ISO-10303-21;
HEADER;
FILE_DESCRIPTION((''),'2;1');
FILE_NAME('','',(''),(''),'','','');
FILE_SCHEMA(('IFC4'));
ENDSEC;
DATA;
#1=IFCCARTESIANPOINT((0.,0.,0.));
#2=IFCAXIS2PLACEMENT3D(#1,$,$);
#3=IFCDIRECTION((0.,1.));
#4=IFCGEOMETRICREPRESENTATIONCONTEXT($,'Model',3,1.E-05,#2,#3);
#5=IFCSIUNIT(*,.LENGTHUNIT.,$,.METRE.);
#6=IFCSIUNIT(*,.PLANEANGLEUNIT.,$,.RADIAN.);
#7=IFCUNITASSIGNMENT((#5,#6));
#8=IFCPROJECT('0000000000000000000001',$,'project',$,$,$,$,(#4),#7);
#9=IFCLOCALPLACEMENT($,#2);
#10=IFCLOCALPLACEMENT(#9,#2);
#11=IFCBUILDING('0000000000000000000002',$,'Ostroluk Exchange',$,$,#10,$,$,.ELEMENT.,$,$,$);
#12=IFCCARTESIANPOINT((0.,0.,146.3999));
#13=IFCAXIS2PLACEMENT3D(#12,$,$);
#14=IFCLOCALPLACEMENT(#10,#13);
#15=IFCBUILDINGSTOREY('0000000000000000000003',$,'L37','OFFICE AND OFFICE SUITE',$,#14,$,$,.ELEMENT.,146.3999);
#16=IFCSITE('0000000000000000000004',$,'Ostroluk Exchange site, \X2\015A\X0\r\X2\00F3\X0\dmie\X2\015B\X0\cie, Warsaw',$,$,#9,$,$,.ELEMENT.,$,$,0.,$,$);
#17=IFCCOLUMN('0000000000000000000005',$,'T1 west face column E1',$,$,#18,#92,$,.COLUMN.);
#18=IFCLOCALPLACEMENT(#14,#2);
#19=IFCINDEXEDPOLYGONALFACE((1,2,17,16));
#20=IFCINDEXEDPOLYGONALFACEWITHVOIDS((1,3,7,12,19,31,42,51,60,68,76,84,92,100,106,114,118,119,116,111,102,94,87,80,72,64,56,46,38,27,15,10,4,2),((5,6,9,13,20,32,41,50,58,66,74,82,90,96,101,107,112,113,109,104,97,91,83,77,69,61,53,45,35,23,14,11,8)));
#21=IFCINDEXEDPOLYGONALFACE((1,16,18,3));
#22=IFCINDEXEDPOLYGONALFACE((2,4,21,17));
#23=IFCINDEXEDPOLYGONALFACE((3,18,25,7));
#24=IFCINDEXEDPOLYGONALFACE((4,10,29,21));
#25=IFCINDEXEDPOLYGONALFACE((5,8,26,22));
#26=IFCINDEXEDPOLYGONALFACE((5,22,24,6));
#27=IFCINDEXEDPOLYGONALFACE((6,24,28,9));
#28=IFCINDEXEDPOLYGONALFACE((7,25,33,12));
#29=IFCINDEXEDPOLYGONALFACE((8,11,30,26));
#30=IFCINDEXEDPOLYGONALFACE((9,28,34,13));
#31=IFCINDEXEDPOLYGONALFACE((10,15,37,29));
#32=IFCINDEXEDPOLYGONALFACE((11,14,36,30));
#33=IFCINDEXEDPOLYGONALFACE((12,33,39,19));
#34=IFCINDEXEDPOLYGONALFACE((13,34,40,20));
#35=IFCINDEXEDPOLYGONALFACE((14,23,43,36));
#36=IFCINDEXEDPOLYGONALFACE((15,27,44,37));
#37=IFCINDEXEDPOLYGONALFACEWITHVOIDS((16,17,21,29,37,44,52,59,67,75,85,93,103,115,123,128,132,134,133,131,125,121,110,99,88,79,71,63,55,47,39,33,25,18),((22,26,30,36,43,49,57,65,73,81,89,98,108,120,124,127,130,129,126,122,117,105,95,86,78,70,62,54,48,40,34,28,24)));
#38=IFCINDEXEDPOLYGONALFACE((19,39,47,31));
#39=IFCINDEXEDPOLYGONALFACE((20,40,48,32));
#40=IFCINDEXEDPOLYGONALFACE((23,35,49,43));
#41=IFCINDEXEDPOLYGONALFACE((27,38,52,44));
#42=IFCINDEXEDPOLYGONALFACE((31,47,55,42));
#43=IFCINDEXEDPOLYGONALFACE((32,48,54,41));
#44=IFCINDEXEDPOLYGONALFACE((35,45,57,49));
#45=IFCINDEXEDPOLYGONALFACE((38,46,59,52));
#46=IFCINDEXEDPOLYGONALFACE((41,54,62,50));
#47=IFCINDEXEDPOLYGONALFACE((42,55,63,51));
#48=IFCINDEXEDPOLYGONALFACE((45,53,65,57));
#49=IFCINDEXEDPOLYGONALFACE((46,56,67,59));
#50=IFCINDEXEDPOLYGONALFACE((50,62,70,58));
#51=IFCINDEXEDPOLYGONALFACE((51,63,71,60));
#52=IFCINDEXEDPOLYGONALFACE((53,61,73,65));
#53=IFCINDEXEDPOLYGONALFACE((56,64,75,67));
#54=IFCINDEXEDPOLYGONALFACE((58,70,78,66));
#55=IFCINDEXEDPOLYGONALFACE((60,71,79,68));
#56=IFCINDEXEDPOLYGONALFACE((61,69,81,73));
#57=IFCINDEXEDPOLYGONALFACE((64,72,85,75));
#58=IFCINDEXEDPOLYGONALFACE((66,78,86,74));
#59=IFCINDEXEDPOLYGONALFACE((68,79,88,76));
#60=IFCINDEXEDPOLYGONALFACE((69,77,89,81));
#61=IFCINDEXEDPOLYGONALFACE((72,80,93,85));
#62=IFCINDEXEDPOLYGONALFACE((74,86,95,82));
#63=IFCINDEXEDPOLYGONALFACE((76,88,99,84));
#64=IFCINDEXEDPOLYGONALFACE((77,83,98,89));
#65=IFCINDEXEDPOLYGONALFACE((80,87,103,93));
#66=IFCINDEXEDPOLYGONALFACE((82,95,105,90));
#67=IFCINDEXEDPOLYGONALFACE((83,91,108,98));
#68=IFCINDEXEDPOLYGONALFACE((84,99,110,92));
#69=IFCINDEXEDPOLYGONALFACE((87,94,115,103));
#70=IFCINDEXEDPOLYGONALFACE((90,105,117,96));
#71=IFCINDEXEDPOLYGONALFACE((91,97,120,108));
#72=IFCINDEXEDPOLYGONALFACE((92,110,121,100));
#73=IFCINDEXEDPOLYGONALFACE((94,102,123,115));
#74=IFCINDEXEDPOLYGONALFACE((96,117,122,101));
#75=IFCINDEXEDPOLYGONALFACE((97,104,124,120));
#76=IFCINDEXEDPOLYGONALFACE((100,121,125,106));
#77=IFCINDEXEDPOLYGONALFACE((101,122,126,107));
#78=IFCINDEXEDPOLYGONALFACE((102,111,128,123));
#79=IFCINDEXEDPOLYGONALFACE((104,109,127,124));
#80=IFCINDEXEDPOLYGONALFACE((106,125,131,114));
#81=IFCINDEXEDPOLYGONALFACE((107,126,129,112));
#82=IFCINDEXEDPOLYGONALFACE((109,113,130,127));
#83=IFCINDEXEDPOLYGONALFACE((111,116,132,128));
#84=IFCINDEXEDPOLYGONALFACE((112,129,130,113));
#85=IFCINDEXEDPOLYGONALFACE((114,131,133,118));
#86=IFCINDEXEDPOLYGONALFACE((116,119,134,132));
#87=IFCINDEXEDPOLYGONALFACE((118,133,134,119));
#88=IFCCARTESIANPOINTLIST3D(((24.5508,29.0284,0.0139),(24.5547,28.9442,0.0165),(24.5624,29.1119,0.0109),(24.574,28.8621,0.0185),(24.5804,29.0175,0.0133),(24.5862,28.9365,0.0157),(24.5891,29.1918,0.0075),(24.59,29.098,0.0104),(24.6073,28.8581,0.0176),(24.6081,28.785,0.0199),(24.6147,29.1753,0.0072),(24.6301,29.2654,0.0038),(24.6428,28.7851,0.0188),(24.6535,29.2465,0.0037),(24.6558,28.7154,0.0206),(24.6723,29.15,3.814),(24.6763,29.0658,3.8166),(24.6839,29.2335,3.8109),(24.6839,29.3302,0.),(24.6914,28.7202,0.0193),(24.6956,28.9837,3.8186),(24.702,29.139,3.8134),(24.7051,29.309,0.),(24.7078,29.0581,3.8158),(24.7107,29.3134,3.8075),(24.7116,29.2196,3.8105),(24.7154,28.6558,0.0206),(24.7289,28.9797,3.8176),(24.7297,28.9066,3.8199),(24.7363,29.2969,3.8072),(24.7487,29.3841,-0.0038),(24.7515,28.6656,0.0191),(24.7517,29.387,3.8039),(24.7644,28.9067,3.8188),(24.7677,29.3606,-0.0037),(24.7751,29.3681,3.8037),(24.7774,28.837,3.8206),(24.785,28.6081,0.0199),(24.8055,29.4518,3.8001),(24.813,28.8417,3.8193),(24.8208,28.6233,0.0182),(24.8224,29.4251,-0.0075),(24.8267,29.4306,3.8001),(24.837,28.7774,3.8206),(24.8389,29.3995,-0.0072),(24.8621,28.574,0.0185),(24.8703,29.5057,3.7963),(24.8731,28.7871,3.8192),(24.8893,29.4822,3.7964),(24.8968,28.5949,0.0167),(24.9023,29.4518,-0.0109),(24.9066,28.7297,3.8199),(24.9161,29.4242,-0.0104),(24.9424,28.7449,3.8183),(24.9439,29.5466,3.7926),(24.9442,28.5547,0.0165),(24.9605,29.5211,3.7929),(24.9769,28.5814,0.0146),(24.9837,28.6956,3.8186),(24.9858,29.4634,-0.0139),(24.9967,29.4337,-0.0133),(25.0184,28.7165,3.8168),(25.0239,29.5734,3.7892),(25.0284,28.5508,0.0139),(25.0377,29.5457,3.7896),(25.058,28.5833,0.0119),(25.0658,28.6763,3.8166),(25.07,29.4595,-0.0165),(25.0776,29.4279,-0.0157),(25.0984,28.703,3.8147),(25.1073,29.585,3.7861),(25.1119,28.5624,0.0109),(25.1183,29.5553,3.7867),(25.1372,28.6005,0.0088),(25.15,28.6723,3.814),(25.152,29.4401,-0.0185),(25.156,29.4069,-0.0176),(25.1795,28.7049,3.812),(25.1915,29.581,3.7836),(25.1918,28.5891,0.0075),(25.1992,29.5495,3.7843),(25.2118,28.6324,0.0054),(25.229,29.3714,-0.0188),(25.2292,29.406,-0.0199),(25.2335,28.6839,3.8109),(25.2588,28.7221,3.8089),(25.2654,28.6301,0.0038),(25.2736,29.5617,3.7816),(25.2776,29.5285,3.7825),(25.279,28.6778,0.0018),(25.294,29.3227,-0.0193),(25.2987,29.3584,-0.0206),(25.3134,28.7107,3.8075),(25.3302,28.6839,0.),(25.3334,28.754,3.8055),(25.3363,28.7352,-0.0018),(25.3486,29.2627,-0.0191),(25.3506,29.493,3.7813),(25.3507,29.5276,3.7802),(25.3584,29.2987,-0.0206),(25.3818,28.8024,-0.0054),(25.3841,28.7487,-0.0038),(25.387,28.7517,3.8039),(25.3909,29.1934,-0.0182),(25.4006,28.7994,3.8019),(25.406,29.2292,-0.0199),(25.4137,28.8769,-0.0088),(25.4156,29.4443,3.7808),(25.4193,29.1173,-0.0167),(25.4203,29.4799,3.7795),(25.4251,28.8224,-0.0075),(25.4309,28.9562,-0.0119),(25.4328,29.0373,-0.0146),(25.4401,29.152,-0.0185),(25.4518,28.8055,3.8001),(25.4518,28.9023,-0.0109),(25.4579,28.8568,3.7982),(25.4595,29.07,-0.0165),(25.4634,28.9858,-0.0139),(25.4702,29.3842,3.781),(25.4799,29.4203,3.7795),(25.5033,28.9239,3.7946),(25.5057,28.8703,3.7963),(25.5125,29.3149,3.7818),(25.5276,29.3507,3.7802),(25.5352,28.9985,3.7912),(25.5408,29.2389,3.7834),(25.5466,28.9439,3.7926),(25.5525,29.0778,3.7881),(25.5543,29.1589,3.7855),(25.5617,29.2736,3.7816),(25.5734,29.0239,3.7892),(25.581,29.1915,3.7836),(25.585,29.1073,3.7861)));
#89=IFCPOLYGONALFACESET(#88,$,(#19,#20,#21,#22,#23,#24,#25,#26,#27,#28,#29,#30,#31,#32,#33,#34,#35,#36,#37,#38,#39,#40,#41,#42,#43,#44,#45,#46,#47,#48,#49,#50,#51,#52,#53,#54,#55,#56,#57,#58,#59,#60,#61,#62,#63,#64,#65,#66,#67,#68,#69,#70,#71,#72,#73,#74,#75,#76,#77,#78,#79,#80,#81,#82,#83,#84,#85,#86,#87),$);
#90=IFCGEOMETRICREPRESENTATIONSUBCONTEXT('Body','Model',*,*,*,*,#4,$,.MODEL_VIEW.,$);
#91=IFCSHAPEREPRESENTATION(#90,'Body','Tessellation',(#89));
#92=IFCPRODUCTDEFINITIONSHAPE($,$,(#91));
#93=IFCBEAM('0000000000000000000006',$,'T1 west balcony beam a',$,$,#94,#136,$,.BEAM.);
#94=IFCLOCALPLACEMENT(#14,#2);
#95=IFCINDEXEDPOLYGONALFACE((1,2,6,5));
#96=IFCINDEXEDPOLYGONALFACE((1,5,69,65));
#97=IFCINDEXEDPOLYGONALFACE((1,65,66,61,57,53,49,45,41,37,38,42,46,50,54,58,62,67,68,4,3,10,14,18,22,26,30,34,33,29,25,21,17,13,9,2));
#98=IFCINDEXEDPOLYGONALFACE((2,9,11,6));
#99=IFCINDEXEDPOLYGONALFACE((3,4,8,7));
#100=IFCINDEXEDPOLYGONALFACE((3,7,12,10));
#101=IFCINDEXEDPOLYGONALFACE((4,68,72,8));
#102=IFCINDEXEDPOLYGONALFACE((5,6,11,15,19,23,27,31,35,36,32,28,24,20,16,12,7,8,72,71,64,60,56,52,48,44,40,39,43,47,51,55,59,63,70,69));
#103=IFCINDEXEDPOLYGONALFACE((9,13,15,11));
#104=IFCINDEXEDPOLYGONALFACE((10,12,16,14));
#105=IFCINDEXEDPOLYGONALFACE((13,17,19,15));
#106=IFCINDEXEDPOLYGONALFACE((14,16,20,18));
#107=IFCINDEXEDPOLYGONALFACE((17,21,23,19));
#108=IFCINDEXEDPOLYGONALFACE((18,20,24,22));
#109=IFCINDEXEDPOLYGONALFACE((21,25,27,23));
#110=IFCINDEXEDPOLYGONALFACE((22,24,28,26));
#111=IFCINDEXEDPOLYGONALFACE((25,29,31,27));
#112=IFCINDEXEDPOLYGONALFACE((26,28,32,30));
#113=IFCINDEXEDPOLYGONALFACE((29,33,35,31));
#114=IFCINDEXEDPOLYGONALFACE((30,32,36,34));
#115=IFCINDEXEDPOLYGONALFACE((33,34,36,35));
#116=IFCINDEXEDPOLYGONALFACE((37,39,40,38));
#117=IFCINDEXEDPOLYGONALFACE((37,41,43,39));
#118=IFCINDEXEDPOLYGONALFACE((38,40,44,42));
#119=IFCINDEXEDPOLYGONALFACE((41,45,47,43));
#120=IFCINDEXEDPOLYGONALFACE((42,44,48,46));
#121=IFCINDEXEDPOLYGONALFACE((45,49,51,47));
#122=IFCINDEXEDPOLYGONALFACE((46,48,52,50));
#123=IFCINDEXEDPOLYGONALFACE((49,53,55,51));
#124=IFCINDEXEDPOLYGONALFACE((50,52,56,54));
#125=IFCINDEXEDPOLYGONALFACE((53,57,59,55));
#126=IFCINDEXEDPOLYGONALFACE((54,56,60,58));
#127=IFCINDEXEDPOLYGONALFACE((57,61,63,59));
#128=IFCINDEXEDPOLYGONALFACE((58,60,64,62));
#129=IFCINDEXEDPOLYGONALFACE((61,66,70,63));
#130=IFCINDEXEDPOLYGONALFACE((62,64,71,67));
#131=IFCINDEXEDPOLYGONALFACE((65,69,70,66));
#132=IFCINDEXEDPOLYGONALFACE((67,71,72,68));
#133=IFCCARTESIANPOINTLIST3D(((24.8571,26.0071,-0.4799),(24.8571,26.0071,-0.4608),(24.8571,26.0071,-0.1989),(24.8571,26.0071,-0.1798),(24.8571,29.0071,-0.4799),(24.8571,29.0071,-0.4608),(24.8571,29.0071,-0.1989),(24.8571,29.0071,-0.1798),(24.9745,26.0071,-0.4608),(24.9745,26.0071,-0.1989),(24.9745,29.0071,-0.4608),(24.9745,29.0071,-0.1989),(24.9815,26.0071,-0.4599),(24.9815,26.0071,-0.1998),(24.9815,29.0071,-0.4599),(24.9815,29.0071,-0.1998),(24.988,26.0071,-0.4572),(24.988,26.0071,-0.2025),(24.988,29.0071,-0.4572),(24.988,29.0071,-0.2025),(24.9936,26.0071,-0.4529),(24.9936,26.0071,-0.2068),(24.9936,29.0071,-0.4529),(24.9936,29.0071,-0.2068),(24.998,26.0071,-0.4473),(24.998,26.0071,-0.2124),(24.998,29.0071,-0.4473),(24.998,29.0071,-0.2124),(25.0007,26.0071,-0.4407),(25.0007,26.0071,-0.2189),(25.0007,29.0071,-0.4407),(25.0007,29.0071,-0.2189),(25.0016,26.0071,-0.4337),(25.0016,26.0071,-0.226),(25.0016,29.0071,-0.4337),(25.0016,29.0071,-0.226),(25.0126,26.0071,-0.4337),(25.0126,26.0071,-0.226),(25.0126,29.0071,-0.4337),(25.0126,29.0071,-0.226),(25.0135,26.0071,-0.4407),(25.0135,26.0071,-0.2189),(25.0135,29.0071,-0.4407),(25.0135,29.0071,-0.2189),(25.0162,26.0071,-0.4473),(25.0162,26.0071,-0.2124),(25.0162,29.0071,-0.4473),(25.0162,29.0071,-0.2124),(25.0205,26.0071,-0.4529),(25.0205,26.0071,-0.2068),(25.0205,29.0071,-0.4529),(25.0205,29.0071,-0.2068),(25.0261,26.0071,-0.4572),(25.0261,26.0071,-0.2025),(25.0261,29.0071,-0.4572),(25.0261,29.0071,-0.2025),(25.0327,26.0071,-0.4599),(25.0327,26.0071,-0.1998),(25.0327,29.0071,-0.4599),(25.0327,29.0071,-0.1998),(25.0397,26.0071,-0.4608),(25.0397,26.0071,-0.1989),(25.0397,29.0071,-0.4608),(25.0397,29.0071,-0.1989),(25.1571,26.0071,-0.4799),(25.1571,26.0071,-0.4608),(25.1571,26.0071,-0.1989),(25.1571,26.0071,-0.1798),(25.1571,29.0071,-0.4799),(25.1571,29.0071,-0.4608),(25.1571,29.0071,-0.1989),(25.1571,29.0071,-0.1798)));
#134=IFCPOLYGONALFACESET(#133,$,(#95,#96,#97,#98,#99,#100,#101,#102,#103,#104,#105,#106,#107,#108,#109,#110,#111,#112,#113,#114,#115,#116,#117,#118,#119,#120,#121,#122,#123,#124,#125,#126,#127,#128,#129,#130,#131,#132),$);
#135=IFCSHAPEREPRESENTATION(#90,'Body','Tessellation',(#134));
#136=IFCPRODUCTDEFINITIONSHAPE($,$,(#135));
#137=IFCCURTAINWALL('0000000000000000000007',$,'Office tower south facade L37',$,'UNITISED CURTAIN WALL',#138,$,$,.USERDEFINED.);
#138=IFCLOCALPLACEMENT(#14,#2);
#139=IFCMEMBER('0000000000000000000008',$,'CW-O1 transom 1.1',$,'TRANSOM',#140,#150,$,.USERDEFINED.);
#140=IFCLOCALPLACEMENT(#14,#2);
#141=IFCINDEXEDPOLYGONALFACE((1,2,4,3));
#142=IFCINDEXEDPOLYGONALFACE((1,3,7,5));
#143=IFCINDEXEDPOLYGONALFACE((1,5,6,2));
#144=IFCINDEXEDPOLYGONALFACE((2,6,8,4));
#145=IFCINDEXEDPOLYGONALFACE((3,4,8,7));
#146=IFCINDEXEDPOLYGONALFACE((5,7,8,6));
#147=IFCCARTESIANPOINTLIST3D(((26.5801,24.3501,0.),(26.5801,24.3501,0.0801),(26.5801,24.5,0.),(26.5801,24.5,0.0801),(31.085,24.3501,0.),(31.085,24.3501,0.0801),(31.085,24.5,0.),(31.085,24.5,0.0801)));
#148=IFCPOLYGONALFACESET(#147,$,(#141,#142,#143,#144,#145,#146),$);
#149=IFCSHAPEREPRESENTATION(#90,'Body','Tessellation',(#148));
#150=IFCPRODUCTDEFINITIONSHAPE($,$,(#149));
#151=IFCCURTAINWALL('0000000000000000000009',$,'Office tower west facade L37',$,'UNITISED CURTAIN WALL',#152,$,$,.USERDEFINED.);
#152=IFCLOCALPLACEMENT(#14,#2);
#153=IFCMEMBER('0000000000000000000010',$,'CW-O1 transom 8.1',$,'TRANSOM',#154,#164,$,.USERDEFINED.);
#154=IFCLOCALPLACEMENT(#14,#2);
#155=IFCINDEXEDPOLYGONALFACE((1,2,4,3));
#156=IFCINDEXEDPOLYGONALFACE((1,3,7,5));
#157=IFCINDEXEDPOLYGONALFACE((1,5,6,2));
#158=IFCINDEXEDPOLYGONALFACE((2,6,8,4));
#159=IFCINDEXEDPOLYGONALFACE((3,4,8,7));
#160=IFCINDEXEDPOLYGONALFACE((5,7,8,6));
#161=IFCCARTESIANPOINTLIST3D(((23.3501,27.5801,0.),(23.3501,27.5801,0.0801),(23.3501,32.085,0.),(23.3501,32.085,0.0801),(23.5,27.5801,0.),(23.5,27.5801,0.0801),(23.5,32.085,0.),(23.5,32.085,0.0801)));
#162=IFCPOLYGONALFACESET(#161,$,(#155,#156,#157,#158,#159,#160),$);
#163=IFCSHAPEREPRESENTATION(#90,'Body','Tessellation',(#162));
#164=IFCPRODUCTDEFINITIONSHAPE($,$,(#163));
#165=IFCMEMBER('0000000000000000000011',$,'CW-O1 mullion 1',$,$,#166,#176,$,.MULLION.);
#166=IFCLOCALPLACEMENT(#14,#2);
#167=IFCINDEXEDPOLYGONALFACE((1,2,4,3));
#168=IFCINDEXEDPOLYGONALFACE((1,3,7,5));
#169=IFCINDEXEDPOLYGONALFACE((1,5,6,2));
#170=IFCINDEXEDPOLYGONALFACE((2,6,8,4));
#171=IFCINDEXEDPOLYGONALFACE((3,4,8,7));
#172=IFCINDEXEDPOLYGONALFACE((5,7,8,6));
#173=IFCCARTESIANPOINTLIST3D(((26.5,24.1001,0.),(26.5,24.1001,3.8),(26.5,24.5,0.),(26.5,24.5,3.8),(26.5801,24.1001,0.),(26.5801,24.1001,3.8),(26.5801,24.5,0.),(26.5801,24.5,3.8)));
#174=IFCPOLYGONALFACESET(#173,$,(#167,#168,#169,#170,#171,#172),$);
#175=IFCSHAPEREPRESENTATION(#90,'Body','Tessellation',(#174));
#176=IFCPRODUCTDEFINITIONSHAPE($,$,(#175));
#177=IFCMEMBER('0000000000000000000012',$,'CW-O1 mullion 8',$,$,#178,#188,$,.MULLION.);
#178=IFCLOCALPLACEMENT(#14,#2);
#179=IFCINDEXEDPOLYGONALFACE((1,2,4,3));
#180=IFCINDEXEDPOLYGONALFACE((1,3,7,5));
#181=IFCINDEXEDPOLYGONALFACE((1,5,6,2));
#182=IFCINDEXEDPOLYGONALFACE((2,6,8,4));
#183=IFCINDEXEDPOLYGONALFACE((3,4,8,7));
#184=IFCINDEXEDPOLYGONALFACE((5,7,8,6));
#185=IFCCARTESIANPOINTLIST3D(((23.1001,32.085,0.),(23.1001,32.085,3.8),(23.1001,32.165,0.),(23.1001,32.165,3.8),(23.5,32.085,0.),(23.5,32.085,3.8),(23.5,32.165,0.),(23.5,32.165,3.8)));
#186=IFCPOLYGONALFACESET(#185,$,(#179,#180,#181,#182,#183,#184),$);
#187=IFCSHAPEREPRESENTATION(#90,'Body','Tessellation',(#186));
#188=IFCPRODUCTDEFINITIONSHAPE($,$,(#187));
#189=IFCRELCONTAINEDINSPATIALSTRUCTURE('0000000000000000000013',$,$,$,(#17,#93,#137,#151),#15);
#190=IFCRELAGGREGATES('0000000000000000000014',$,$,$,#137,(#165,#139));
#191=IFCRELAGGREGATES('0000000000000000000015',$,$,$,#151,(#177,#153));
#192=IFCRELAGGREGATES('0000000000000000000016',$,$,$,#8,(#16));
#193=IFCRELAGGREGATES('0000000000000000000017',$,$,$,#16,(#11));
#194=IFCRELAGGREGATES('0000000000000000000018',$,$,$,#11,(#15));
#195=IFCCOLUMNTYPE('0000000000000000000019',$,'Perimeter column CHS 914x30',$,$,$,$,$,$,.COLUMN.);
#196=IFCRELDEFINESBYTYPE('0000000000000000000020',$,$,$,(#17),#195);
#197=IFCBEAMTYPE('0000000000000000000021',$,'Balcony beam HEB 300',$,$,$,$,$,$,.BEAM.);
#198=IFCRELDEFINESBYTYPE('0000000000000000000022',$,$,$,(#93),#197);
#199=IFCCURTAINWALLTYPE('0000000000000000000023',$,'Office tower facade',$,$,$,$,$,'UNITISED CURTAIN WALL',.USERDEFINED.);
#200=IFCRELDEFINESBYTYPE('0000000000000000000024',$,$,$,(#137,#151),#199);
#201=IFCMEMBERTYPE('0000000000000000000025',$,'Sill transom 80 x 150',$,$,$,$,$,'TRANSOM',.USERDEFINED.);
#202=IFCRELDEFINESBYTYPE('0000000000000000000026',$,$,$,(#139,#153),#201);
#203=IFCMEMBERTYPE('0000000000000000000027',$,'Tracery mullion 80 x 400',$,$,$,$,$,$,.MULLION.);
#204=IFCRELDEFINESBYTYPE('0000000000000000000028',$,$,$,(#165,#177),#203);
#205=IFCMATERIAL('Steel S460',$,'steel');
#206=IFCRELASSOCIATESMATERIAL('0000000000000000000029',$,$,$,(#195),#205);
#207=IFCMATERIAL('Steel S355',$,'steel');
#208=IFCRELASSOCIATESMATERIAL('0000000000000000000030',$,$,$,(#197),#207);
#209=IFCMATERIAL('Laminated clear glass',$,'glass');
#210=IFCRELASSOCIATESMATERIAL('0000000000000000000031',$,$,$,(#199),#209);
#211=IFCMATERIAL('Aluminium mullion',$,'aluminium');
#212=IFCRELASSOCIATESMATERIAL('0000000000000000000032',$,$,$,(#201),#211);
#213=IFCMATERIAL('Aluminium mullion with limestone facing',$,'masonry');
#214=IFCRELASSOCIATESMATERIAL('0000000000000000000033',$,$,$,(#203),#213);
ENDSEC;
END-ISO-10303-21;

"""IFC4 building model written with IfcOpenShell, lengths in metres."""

from ifc_helpers import new_model, si_unit, direction, frame, origin, origin_2d, place, context, subcontext, project, spatial, rectangle, hollow_circle, i_section, extrude, material, material_profile, profile_set, type_object, element, aggregate, save


model = new_model("IFC4")

# Units and contexts
model_context = context("Model", 3, precision=1e-05, world=origin(), true_north=direction((0.0, 1.0)))
body_context = subcontext(model_context, "Body", "Model", "MODEL_VIEW")
ifc_project = project(units=[si_unit("LENGTHUNIT", "METRE"), si_unit("PLANEANGLEUNIT", "RADIAN")], contexts=[model_context])

# Site, building, storey
site_placement = place(None, origin())
site = spatial("IfcSite", under=ifc_project, at=site_placement, Name="Ostroluk Exchange site, Śródmieście, Warsaw", CompositionType="ELEMENT", RefElevation=0.0)
building_placement = place(site_placement, origin())
building = spatial("IfcBuilding", under=site, at=building_placement, Name="Ostroluk Exchange", CompositionType="ELEMENT")
storey_placement = place(building_placement, frame((0.0, 0.0, 146.3999)))
storey = spatial("IfcBuildingStorey", under=building, at=storey_placement, Name="L37", Description="OFFICE AND OFFICE SUITE", CompositionType="ELEMENT", Elevation=146.3999)

# Column
ifc_material_1 = material(Name="Steel S460", Category="steel")
ifc_material_profile_1 = material_profile(ifc_material_1, hollow_circle(Radius=0.457, WallThickness=0.03, at=origin_2d()), Name="CHS 914x30")
ifc_profile_set_1 = profile_set([ifc_material_profile_1], Name="Steel S460")
column_type = type_object("IfcColumnType", Name="Perimeter column CHS 914x30", PredefinedType="COLUMN", material=ifc_profile_set_1)
column_placement = place(storey_placement, frame((25.0071, 29.0071, 0.0), z_axis=(0.031962, 0.031962, 0.998978), x_axis=(-0.707107, 0.707107, 0.0)))
element("IfcColumn", 1, at=column_placement, inside=storey, type_object=column_type, Name="T1 west face column E1", PredefinedType="COLUMN", context=body_context, shape_type="SweptSolid", body=[
    extrude(hollow_circle(Radius=0.457, WallThickness=0.03, at=origin_2d()), origin(), (0.0, 0.0, 1.0), 3.804),
])

# Beam
ifc_material_2 = material(Name="Steel S355", Category="steel")
ifc_material_profile_2 = material_profile(ifc_material_2, i_section(OverallWidth=0.3, OverallDepth=0.3, WebThickness=0.011, FlangeThickness=0.019, FilletRadius=0.0271, at=origin_2d()), Name="HEB 300")
ifc_profile_set_2 = profile_set([ifc_material_profile_2], Name="Steel S355")
beam_type = type_object("IfcBeamType", Name="Balcony beam HEB 300", PredefinedType="BEAM", material=ifc_profile_set_2)
beam_placement = place(storey_placement, frame((25.0071, 29.0071, -0.3298), z_axis=(0.0, -1.0, 0.0), x_axis=(1.0, 0.0, 0.0)))
element("IfcBeam", 2, at=beam_placement, inside=storey, type_object=beam_type, Name="T1 west balcony beam a", PredefinedType="BEAM", context=body_context, shape_type="SweptSolid", body=[
    extrude(i_section(OverallWidth=0.3, OverallDepth=0.3, WebThickness=0.011, FlangeThickness=0.019, FilletRadius=0.0271, at=origin_2d()), origin(), (0.0, 0.0, 1.0), 3.0),
])

# Curtain walls, members
ifc_material_3 = material(Name="Laminated clear glass", Category="glass")
curtain_wall_type = type_object("IfcCurtainWallType", Name="Office tower facade", ElementType="UNITISED CURTAIN WALL", PredefinedType="USERDEFINED", material=ifc_material_3)
curtain_wall_1_placement = place(storey_placement, origin())
curtain_wall_1 = element("IfcCurtainWall", 3, at=curtain_wall_1_placement, inside=storey, type_object=curtain_wall_type, Name="Office tower south facade L37", ObjectType="UNITISED CURTAIN WALL", PredefinedType="USERDEFINED")
ifc_material_4 = material(Name="Aluminium mullion", Category="aluminium")
ifc_material_profile_3 = material_profile(ifc_material_4, rectangle(XDim=0.1499, YDim=0.0801, at=origin_2d()), Name="Sill transom 80 x 150")
ifc_profile_set_3 = profile_set([ifc_material_profile_3], Name="Aluminium mullion")
member_type_1 = type_object("IfcMemberType", Name="Sill transom 80 x 150", ElementType="TRANSOM", PredefinedType="USERDEFINED", material=ifc_profile_set_3)
member_1_placement = place(storey_placement, frame((26.5801, 24.425, 0.04), z_axis=(1.0, 0.0, 0.0), x_axis=(0.0, 1.0, 0.0)))
member_1 = element("IfcMember", 4, at=member_1_placement, type_object=member_type_1, Name="CW-O1 transom 1.1", ObjectType="TRANSOM", PredefinedType="USERDEFINED", context=body_context, shape_type="SweptSolid", body=[
    extrude(rectangle(XDim=0.1499, YDim=0.0801, at=origin_2d()), origin(), (0.0, 0.0, 1.0), 4.5049),
])
curtain_wall_2_placement = place(storey_placement, origin())
curtain_wall_2 = element("IfcCurtainWall", 5, at=curtain_wall_2_placement, inside=storey, type_object=curtain_wall_type, Name="Office tower west facade L37", ObjectType="UNITISED CURTAIN WALL", PredefinedType="USERDEFINED")
member_2_placement = place(storey_placement, frame((23.425, 32.085, 0.04), z_axis=(0.0, -1.0, 0.0), x_axis=(1.0, 0.0, 0.0)))
member_2 = element("IfcMember", 6, at=member_2_placement, type_object=member_type_1, Name="CW-O1 transom 8.1", ObjectType="TRANSOM", PredefinedType="USERDEFINED", context=body_context, shape_type="SweptSolid", body=[
    extrude(rectangle(XDim=0.1499, YDim=0.0801, at=origin_2d()), origin(), (0.0, 0.0, 1.0), 4.5049),
])

# Members
ifc_material_5 = material(Name="Aluminium mullion with limestone facing", Category="masonry")
ifc_material_profile_4 = material_profile(ifc_material_5, rectangle(XDim=0.3999, YDim=0.0801, at=origin_2d()), Name="Tracery mullion 80 x 400")
ifc_profile_set_4 = profile_set([ifc_material_profile_4], Name="Aluminium mullion with limestone facing")
member_type_2 = type_object("IfcMemberType", Name="Tracery mullion 80 x 400", PredefinedType="MULLION", material=ifc_profile_set_4)
member_3_placement = place(storey_placement, frame((26.54, 24.3, 0.0), z_axis=(0.0, 0.0, 1.0), x_axis=(0.0, 1.0, 0.0)))
member_3 = element("IfcMember", 7, at=member_3_placement, type_object=member_type_2, Name="CW-O1 mullion 1", PredefinedType="MULLION", context=body_context, shape_type="SweptSolid", body=[
    extrude(rectangle(XDim=0.3999, YDim=0.0801, at=origin_2d()), origin(), (0.0, 0.0, 1.0), 3.8),
])
aggregate(curtain_wall_1, [member_3, member_1])
member_4_placement = place(storey_placement, frame((23.3, 32.125, 0.0), z_axis=(0.0, 0.0, 1.0), x_axis=(1.0, 0.0, 0.0)))
member_4 = element("IfcMember", 8, at=member_4_placement, type_object=member_type_2, Name="CW-O1 mullion 8", PredefinedType="MULLION", context=body_context, shape_type="SweptSolid", body=[
    extrude(rectangle(XDim=0.3999, YDim=0.0801, at=origin_2d()), origin(), (0.0, 0.0, 1.0), 3.8),
])

aggregate(curtain_wall_2, [member_4, member_2])

save(model, "model.ifc")
